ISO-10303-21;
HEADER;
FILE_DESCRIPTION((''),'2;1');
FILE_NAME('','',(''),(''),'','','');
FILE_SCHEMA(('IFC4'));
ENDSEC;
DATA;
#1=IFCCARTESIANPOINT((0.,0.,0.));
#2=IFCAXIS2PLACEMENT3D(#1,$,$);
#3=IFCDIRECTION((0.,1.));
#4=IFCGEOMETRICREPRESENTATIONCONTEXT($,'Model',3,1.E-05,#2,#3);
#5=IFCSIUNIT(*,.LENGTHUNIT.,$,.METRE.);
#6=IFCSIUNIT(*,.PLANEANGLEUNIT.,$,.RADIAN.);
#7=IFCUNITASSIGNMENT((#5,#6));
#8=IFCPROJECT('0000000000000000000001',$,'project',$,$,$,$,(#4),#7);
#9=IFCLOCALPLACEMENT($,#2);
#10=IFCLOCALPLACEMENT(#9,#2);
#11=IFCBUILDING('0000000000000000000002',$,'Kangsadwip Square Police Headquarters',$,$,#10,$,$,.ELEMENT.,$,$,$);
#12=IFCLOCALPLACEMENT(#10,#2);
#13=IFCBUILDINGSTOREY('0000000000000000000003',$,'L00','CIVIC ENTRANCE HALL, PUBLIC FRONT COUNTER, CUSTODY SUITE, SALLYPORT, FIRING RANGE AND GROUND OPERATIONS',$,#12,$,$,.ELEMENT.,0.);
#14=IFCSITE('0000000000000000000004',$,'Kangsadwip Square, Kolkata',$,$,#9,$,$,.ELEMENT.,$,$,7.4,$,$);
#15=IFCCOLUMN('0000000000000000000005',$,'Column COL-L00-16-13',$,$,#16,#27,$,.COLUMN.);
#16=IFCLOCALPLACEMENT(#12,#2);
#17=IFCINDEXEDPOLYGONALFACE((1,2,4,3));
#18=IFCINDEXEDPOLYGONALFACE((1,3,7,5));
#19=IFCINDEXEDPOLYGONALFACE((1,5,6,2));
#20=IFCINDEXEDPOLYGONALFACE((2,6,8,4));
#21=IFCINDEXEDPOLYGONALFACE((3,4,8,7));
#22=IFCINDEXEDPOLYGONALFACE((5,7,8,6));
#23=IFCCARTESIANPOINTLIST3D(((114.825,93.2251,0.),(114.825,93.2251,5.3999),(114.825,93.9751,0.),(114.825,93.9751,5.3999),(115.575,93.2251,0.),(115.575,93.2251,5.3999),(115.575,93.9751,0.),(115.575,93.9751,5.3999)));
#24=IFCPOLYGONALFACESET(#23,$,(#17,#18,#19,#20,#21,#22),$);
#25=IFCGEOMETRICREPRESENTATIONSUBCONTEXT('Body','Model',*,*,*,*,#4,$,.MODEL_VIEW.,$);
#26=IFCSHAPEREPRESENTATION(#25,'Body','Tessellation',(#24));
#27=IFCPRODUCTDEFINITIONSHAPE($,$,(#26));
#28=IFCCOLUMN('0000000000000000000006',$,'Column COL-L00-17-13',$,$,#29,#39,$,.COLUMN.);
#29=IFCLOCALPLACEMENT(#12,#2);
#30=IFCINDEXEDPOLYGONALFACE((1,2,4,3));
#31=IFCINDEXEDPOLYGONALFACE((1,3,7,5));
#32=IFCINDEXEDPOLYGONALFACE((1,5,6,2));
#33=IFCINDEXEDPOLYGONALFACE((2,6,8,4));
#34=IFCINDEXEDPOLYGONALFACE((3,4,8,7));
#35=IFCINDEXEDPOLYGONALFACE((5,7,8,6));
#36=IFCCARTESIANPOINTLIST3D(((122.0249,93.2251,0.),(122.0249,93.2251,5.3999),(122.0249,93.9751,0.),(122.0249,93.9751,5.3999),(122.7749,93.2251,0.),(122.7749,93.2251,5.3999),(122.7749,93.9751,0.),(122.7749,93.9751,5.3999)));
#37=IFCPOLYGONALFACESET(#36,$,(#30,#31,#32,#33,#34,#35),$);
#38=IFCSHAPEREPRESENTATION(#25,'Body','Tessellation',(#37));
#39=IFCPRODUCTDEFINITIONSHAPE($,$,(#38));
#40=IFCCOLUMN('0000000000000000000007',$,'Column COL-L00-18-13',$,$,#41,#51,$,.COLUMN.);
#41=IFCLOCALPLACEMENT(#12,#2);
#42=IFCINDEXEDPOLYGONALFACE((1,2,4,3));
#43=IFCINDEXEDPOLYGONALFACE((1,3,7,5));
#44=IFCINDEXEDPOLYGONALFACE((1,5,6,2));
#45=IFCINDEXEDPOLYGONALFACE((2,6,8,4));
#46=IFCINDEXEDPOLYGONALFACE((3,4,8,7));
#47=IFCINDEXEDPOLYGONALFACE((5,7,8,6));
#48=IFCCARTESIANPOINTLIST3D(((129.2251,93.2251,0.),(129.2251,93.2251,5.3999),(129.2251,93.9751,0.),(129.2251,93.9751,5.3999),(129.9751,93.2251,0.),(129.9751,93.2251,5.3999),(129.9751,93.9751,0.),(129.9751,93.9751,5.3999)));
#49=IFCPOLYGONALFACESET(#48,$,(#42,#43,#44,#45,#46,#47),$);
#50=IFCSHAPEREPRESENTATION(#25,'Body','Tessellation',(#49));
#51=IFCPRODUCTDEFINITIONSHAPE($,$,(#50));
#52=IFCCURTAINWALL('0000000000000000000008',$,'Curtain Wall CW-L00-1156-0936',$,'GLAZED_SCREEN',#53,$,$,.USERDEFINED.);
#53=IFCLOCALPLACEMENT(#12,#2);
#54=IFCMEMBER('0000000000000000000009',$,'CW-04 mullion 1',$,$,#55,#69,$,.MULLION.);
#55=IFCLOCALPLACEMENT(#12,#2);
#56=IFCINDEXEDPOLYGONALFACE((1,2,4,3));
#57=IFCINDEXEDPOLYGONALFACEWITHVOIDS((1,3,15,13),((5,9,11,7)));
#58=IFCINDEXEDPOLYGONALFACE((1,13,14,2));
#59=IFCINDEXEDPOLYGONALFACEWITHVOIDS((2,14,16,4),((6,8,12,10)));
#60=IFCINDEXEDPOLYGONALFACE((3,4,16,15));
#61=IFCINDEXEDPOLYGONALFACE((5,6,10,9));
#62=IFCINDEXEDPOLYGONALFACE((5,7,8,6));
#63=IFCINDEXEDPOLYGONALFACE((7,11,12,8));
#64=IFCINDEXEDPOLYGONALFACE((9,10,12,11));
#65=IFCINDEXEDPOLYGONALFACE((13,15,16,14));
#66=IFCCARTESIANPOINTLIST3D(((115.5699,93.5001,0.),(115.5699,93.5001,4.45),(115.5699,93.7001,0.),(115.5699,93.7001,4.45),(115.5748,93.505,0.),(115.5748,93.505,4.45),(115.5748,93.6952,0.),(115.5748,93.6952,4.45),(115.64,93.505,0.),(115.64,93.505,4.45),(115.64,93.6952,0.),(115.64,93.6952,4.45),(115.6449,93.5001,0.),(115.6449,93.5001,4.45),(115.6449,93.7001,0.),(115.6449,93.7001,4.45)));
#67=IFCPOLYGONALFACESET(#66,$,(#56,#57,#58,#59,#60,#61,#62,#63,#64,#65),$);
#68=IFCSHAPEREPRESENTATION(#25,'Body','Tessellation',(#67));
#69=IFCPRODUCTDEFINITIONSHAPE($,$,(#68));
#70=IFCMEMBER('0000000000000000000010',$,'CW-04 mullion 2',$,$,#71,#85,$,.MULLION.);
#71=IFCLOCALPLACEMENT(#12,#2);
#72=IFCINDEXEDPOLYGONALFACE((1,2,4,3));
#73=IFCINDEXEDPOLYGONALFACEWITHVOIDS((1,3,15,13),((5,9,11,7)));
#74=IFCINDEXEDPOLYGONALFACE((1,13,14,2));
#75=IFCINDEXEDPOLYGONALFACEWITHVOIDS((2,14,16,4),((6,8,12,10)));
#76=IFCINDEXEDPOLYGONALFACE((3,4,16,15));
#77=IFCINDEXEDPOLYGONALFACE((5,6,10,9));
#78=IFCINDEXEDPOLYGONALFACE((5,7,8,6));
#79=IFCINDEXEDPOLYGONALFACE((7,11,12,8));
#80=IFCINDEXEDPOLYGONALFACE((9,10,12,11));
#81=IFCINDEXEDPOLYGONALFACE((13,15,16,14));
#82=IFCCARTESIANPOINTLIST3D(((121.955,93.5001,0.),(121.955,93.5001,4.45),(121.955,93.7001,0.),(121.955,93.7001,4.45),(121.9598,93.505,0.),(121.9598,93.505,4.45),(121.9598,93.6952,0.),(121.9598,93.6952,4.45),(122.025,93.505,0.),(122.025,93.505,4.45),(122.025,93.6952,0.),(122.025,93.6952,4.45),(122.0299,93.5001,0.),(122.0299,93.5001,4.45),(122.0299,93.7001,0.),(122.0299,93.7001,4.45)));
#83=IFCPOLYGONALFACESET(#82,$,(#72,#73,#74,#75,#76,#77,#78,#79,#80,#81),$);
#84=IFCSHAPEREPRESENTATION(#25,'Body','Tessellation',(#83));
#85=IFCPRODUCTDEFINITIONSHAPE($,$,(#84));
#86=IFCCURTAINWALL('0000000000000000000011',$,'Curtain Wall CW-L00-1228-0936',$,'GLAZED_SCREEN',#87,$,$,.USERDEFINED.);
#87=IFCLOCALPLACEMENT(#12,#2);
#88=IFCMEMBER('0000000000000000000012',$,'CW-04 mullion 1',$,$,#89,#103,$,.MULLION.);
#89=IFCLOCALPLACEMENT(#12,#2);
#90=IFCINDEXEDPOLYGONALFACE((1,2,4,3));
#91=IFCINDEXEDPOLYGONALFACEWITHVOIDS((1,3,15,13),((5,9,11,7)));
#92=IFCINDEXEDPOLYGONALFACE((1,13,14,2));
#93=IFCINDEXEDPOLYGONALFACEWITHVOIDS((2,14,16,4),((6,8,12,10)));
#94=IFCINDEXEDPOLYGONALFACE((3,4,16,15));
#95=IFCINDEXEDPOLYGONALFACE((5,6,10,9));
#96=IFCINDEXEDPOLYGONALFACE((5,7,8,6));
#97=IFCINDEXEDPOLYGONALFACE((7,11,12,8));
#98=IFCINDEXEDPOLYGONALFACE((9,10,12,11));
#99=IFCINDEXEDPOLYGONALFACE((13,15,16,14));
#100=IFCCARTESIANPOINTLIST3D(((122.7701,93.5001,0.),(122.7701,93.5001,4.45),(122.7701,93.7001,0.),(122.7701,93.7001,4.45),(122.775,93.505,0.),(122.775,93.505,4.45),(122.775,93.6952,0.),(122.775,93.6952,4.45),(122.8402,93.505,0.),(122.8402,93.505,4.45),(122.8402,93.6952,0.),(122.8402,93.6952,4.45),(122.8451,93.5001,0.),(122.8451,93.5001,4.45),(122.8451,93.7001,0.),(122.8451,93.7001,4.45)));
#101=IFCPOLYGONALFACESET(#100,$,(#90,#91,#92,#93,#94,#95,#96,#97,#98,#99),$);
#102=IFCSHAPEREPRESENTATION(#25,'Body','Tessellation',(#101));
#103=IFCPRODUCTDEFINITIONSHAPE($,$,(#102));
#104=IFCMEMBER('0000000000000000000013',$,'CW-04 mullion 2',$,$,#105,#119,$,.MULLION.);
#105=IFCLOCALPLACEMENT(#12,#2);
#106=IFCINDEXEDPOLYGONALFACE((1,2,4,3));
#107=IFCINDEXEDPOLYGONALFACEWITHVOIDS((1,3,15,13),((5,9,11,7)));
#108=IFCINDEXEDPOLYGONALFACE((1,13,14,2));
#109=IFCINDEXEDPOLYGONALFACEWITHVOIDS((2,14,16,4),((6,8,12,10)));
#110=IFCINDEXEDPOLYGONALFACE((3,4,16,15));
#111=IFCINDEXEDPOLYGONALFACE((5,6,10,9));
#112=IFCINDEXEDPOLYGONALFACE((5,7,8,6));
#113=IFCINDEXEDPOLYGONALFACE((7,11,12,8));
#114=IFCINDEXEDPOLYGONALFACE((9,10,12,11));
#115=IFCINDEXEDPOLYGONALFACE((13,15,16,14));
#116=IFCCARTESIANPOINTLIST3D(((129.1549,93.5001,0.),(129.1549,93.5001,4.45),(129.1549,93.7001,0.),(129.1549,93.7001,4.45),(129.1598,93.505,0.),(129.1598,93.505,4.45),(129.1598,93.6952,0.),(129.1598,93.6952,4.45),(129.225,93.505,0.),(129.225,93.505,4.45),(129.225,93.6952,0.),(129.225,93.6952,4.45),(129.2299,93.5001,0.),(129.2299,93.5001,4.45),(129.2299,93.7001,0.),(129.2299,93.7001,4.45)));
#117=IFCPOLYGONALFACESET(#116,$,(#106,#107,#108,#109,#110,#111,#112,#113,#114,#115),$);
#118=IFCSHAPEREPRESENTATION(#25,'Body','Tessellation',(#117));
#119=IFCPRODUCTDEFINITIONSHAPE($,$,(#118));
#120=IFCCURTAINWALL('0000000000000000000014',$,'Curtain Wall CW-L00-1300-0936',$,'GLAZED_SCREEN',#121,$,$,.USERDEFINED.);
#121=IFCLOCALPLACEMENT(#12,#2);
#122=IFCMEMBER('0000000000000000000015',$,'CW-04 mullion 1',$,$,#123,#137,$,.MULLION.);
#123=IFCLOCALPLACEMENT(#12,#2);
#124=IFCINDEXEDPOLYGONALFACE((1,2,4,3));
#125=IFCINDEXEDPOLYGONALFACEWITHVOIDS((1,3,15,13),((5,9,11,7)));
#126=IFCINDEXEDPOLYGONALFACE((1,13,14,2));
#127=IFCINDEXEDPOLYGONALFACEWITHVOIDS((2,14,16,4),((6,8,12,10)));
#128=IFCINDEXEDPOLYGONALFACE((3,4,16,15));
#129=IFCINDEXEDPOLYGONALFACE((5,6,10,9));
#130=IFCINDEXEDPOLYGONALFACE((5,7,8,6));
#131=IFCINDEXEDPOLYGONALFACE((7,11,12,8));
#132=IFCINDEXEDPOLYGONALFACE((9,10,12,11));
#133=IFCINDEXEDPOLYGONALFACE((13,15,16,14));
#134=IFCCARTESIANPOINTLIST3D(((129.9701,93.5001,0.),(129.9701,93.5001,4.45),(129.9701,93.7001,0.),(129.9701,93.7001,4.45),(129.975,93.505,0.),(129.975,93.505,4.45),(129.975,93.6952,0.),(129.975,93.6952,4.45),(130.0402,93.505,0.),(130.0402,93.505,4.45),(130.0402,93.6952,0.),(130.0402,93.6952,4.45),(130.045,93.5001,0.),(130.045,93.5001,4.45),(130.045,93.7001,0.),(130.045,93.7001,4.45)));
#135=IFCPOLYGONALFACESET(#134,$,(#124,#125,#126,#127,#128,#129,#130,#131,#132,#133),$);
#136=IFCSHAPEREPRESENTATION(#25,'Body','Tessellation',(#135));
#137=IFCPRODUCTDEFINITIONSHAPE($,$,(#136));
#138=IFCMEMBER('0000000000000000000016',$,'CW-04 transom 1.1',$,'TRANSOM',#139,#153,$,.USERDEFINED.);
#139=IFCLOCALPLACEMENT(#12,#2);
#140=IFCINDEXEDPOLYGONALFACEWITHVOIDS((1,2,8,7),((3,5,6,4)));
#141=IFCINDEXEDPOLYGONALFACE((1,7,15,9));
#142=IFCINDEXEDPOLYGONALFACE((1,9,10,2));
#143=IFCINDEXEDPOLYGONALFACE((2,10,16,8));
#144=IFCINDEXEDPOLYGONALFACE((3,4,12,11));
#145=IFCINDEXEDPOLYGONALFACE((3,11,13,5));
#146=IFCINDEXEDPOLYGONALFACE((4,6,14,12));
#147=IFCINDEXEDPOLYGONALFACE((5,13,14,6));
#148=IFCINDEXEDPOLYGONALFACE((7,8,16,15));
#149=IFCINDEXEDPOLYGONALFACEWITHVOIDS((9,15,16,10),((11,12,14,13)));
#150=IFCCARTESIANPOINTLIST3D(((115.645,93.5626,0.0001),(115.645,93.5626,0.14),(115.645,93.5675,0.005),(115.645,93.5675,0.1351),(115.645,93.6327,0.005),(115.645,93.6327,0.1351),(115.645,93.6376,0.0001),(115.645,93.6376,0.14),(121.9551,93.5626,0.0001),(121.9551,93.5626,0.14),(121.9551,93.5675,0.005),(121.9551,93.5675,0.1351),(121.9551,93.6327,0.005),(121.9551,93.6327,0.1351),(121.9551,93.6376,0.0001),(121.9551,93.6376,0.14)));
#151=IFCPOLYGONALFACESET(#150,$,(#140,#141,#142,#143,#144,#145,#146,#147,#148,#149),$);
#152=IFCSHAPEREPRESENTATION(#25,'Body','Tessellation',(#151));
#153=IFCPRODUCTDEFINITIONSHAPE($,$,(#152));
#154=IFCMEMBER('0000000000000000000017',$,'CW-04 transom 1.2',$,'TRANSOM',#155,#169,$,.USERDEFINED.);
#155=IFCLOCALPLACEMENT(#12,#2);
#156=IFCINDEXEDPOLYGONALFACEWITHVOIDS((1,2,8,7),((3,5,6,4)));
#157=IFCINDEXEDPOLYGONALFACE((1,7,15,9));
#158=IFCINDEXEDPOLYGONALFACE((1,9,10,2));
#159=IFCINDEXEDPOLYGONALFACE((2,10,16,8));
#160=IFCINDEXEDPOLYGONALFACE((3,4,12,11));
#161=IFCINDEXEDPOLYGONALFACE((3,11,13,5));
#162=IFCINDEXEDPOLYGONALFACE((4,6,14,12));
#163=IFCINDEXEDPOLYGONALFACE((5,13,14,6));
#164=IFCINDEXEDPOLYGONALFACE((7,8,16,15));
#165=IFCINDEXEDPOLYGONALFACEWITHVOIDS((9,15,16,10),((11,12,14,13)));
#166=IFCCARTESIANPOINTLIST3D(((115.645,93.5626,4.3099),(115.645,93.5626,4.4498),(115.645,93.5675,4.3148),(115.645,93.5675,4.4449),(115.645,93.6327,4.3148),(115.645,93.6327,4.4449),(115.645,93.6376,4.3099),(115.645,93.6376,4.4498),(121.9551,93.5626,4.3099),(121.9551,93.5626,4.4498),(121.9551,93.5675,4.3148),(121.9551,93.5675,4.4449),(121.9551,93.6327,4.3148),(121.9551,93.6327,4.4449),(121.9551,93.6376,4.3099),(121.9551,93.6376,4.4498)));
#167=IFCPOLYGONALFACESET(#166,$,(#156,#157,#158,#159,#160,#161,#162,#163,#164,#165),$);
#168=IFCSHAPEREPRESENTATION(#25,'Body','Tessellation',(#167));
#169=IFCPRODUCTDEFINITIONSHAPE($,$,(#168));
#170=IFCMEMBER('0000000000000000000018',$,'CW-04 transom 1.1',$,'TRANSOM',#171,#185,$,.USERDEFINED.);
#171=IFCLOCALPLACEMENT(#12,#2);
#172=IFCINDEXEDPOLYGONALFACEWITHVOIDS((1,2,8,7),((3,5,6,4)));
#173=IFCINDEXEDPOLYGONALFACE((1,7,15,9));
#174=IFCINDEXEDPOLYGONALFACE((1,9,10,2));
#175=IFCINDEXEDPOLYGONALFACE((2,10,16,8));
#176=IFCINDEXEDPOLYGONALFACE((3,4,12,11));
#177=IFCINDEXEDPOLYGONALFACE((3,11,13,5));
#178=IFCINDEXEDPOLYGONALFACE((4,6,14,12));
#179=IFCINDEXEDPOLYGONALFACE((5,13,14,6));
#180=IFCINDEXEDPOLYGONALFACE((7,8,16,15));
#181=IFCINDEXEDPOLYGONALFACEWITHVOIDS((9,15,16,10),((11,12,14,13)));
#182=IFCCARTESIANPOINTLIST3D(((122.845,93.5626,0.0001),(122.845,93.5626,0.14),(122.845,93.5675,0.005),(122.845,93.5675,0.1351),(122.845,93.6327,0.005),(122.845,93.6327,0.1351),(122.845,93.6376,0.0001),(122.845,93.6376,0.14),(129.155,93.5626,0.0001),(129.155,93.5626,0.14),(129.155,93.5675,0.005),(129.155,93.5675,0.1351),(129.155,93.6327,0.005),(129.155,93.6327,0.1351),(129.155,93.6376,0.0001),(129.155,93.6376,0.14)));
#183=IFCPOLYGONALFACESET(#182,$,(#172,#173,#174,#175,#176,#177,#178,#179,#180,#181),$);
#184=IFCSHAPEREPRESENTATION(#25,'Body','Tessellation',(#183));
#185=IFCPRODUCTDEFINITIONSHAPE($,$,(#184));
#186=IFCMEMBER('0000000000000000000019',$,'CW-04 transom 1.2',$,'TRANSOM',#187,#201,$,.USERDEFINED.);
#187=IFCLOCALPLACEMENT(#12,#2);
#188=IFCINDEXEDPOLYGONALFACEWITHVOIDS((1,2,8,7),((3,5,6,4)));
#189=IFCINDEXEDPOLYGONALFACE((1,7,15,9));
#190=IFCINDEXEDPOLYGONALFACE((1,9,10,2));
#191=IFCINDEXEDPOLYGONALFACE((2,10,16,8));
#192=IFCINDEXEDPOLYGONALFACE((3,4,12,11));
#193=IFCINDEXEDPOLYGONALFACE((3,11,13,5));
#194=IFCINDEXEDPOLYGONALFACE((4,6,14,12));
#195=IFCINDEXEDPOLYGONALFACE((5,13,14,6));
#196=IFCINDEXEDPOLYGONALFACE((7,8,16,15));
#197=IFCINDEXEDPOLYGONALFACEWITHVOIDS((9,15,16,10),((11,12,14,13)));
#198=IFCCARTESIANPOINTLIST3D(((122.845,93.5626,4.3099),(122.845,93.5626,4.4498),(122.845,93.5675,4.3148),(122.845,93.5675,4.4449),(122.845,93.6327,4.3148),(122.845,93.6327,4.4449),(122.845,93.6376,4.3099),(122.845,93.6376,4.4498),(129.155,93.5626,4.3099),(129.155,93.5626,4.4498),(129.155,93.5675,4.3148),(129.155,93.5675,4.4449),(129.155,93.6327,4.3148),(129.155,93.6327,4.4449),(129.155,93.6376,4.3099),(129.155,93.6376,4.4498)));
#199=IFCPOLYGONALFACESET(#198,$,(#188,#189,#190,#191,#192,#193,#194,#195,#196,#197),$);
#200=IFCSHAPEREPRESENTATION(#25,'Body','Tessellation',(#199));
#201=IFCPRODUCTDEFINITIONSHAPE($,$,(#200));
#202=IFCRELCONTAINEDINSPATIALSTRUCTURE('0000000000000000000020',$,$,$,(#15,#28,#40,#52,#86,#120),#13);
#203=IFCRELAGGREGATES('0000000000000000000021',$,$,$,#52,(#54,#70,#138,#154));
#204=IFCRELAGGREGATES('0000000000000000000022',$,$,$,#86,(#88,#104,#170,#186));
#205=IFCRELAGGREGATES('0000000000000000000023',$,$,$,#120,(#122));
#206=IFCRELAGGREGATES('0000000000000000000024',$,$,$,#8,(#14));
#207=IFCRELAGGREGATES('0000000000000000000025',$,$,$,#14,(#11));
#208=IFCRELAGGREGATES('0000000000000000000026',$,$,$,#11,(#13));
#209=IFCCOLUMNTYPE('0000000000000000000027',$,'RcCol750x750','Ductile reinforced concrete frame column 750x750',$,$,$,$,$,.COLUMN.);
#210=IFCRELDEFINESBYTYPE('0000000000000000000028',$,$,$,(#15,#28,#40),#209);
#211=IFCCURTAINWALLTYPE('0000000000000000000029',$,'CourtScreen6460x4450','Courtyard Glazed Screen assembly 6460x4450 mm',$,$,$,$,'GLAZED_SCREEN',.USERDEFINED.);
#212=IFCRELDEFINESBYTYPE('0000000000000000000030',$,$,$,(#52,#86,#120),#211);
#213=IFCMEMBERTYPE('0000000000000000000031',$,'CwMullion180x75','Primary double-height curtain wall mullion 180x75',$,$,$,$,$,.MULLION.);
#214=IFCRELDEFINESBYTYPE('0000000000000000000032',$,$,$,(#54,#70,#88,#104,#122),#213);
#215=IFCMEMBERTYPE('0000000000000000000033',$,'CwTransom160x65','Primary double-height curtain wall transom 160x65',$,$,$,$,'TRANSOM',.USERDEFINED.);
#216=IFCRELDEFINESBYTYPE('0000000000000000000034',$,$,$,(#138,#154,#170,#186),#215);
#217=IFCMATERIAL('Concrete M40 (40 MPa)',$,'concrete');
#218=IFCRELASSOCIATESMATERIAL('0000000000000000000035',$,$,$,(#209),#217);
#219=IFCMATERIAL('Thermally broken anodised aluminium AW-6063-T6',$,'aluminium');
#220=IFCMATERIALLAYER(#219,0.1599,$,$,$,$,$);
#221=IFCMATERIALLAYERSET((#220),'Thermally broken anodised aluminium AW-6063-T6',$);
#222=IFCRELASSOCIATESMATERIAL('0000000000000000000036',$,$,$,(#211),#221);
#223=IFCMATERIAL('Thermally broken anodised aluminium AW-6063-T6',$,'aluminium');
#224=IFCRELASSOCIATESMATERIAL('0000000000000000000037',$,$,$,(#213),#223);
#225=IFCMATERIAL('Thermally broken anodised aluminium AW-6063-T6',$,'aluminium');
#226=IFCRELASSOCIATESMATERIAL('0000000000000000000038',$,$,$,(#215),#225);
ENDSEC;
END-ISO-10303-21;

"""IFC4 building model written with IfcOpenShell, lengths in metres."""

from ifc_helpers import new_model, si_unit, direction, frame, origin, origin_2d, place, context, subcontext, project, spatial, rectangle, hollow_rectangle, extrude, material, layer, layer_set, material_profile, profile_set, type_object, element, aggregate, save


model = new_model("IFC4")

# Units and contexts
model_context = context("Model", 3, precision=1e-05, world=origin(), true_north=direction((0.0, 1.0)))
body_context = subcontext(model_context, "Body", "Model", "MODEL_VIEW")
ifc_project = project(units=[si_unit("LENGTHUNIT", "METRE"), si_unit("PLANEANGLEUNIT", "RADIAN")], contexts=[model_context])

# Site, building, storey
site_placement = place(None, origin())
site = spatial("IfcSite", under=ifc_project, at=site_placement, Name="Kangsadwip Square, Kolkata", CompositionType="ELEMENT", RefElevation=7.4)
building_placement = place(site_placement, origin())
building = spatial("IfcBuilding", under=site, at=building_placement, Name="Kangsadwip Square Police Headquarters", CompositionType="ELEMENT")
storey_placement = place(building_placement, origin())
storey = spatial("IfcBuildingStorey", under=building, at=storey_placement, Name="L00", Description="CIVIC ENTRANCE HALL, PUBLIC FRONT COUNTER, CUSTODY SUITE, SALLYPORT, FIRING RANGE AND GROUND OPERATIONS", CompositionType="ELEMENT", Elevation=0.0)

# Columns
ifc_material_1 = material(Name="Concrete M40 (40 MPa)", Category="concrete")
ifc_material_profile_1 = material_profile(ifc_material_1, rectangle(XDim=0.75, YDim=0.75, at=origin_2d()), Name="RC COL 750X750")
ifc_profile_set_1 = profile_set([ifc_material_profile_1], Name="Concrete M40 (40 MPa)")
column_type = type_object("IfcColumnType", Name="RcCol750x750", Description="Ductile reinforced concrete frame column 750x750", PredefinedType="COLUMN", material=ifc_profile_set_1)
for number, where, z_axis, x_axis, name in (
    (1, (115.2, 93.6001, 0.0), (0.0, 0.0, 1.0), (1.0, 0.0, 0.0), "Column COL-L00-16-13"),
    (2, (122.3999, 93.6001, 0.0), (0.0, 0.0, 1.0), (1.0, 0.0, 0.0), "Column COL-L00-17-13"),
    (3, (129.6001, 93.6001, 0.0), (0.0, 0.0, 1.0), (1.0, 0.0, 0.0), "Column COL-L00-18-13"),
):
    element("IfcColumn", number, at=place(storey_placement, frame(where, z_axis=z_axis, x_axis=x_axis)), inside=storey, type_object=column_type, Name=name, PredefinedType="COLUMN", context=body_context, shape_type="SweptSolid", body=[
        extrude(rectangle(XDim=0.75, YDim=0.75, at=origin_2d()), origin(), (0.0, 0.0, 1.0), 5.3999),
    ])

# Curtain walls, members
ifc_material_2 = material(Name="Thermally broken anodised aluminium AW-6063-T6", Category="aluminium")
ifc_layer_1 = layer(ifc_material_2, 0.1599)
ifc_layer_set_1 = layer_set([ifc_layer_1], Name="Thermally broken anodised aluminium AW-6063-T6")
curtain_wall_type = type_object("IfcCurtainWallType", Name="CourtScreen6460x4450", Description="Courtyard Glazed Screen assembly 6460x4450 mm", ElementType="GLAZED_SCREEN", PredefinedType="USERDEFINED", material=ifc_layer_set_1)
curtain_wall_1_placement = place(storey_placement, origin())
curtain_wall_1 = element("IfcCurtainWall", 4, at=curtain_wall_1_placement, inside=storey, type_object=curtain_wall_type, Name="Curtain Wall CW-L00-1156-0936", ObjectType="GLAZED_SCREEN", PredefinedType="USERDEFINED")
ifc_material_3 = material(Name="Thermally broken anodised aluminium AW-6063-T6", Category="aluminium")
ifc_material_profile_2 = material_profile(ifc_material_3, hollow_rectangle(XDim=0.075, YDim=0.2, WallThickness=0.0049, at=origin_2d()), Name="CWM 200X75X5")
ifc_profile_set_2 = profile_set([ifc_material_profile_2], Name="Thermally broken anodised aluminium AW-6063-T6")
member_type_1 = type_object("IfcMemberType", Name="CwMullion180x75", Description="Primary double-height curtain wall mullion 180x75", PredefinedType="MULLION", material=ifc_profile_set_2)
member_1_placement = place(storey_placement, frame((115.6074, 93.6001, 0.0), z_axis=(0.0, 0.0, 1.0), x_axis=(1.0, 0.0, 0.0)))
member_1 = element("IfcMember", 5, at=member_1_placement, type_object=member_type_1, Name="CW-04 mullion 1", PredefinedType="MULLION", context=body_context, shape_type="SweptSolid", body=[
    extrude(hollow_rectangle(XDim=0.075, YDim=0.2, WallThickness=0.0049, at=origin_2d()), origin(), (0.0, 0.0, 1.0), 4.45),
])
member_2_placement = place(storey_placement, frame((121.9924, 93.6001, 0.0), z_axis=(0.0, 0.0, 1.0), x_axis=(1.0, 0.0, 0.0)))
member_2 = element("IfcMember", 6, at=member_2_placement, type_object=member_type_1, Name="CW-04 mullion 2", PredefinedType="MULLION", context=body_context, shape_type="SweptSolid", body=[
    extrude(hollow_rectangle(XDim=0.075, YDim=0.2, WallThickness=0.0049, at=origin_2d()), origin(), (0.0, 0.0, 1.0), 4.45),
])
curtain_wall_2_placement = place(storey_placement, origin())
curtain_wall_2 = element("IfcCurtainWall", 7, at=curtain_wall_2_placement, inside=storey, type_object=curtain_wall_type, Name="Curtain Wall CW-L00-1228-0936", ObjectType="GLAZED_SCREEN", PredefinedType="USERDEFINED")
member_3_placement = place(storey_placement, frame((122.8076, 93.6001, 0.0), z_axis=(0.0, 0.0, 1.0), x_axis=(1.0, 0.0, 0.0)))
member_3 = element("IfcMember", 8, at=member_3_placement, type_object=member_type_1, Name="CW-04 mullion 1", PredefinedType="MULLION", context=body_context, shape_type="SweptSolid", body=[
    extrude(hollow_rectangle(XDim=0.075, YDim=0.2, WallThickness=0.0049, at=origin_2d()), origin(), (0.0, 0.0, 1.0), 4.45),
])
member_4_placement = place(storey_placement, frame((129.1924, 93.6001, 0.0), z_axis=(0.0, 0.0, 1.0), x_axis=(1.0, 0.0, 0.0)))
member_4 = element("IfcMember", 9, at=member_4_placement, type_object=member_type_1, Name="CW-04 mullion 2", PredefinedType="MULLION", context=body_context, shape_type="SweptSolid", body=[
    extrude(hollow_rectangle(XDim=0.075, YDim=0.2, WallThickness=0.0049, at=origin_2d()), origin(), (0.0, 0.0, 1.0), 4.45),
])

# Curtain wall, member
curtain_wall_3_placement = place(storey_placement, origin())
curtain_wall_3 = element("IfcCurtainWall", 10, at=curtain_wall_3_placement, inside=storey, type_object=curtain_wall_type, Name="Curtain Wall CW-L00-1300-0936", ObjectType="GLAZED_SCREEN", PredefinedType="USERDEFINED")
member_5_placement = place(storey_placement, frame((130.0076, 93.6001, 0.0), z_axis=(0.0, 0.0, 1.0), x_axis=(1.0, 0.0, 0.0)))
member_5 = element("IfcMember", 11, at=member_5_placement, type_object=member_type_1, Name="CW-04 mullion 1", PredefinedType="MULLION", context=body_context, shape_type="SweptSolid", body=[
    extrude(hollow_rectangle(XDim=0.075, YDim=0.2, WallThickness=0.0049, at=origin_2d()), origin(), (0.0, 0.0, 1.0), 4.45),
])

# Members
ifc_material_4 = material(Name="Thermally broken anodised aluminium AW-6063-T6", Category="aluminium")
ifc_material_profile_3 = material_profile(ifc_material_4, hollow_rectangle(XDim=0.075, YDim=0.1399, WallThickness=0.0049, at=origin_2d()), Name="CWT 140X75X5")
ifc_profile_set_3 = profile_set([ifc_material_profile_3], Name="Thermally broken anodised aluminium AW-6063-T6")
member_type_2 = type_object("IfcMemberType", Name="CwTransom160x65", Description="Primary double-height curtain wall transom 160x65", ElementType="TRANSOM", PredefinedType="USERDEFINED", material=ifc_profile_set_3)
member_6_placement = place(storey_placement, frame((115.645, 93.6001, 0.0701), z_axis=(1.0, 0.0, 0.0), x_axis=(0.0, 1.0, 0.0)))
member_6 = element("IfcMember", 12, at=member_6_placement, type_object=member_type_2, Name="CW-04 transom 1.1", ObjectType="TRANSOM", PredefinedType="USERDEFINED", context=body_context, shape_type="SweptSolid", body=[
    extrude(hollow_rectangle(XDim=0.075, YDim=0.1399, WallThickness=0.0049, at=origin_2d()), origin(), (0.0, 0.0, 1.0), 6.3101),
])
member_7_placement = place(storey_placement, frame((115.645, 93.6001, 4.3799), z_axis=(1.0, 0.0, 0.0), x_axis=(0.0, 1.0, 0.0)))
member_7 = element("IfcMember", 13, at=member_7_placement, type_object=member_type_2, Name="CW-04 transom 1.2", ObjectType="TRANSOM", PredefinedType="USERDEFINED", context=body_context, shape_type="SweptSolid", body=[
    extrude(hollow_rectangle(XDim=0.075, YDim=0.1399, WallThickness=0.0049, at=origin_2d()), origin(), (0.0, 0.0, 1.0), 6.3101),
])
member_8_placement = place(storey_placement, frame((122.845, 93.6001, 0.0701), z_axis=(1.0, 0.0, 0.0), x_axis=(0.0, 1.0, 0.0)))
member_8 = element("IfcMember", 14, at=member_8_placement, type_object=member_type_2, Name="CW-04 transom 1.1", ObjectType="TRANSOM", PredefinedType="USERDEFINED", context=body_context, shape_type="SweptSolid", body=[
    extrude(hollow_rectangle(XDim=0.075, YDim=0.1399, WallThickness=0.0049, at=origin_2d()), origin(), (0.0, 0.0, 1.0), 6.3101),
])
member_9_placement = place(storey_placement, frame((122.845, 93.6001, 4.3799), z_axis=(1.0, 0.0, 0.0), x_axis=(0.0, 1.0, 0.0)))
member_9 = element("IfcMember", 15, at=member_9_placement, type_object=member_type_2, Name="CW-04 transom 1.2", ObjectType="TRANSOM", PredefinedType="USERDEFINED", context=body_context, shape_type="SweptSolid", body=[
    extrude(hollow_rectangle(XDim=0.075, YDim=0.1399, WallThickness=0.0049, at=origin_2d()), origin(), (0.0, 0.0, 1.0), 6.3101),
])

aggregate(curtain_wall_1, [member_1, member_2, member_6, member_7])
aggregate(curtain_wall_2, [member_3, member_4, member_8, member_9])
aggregate(curtain_wall_3, [member_5])

save(model, "model.ifc")
